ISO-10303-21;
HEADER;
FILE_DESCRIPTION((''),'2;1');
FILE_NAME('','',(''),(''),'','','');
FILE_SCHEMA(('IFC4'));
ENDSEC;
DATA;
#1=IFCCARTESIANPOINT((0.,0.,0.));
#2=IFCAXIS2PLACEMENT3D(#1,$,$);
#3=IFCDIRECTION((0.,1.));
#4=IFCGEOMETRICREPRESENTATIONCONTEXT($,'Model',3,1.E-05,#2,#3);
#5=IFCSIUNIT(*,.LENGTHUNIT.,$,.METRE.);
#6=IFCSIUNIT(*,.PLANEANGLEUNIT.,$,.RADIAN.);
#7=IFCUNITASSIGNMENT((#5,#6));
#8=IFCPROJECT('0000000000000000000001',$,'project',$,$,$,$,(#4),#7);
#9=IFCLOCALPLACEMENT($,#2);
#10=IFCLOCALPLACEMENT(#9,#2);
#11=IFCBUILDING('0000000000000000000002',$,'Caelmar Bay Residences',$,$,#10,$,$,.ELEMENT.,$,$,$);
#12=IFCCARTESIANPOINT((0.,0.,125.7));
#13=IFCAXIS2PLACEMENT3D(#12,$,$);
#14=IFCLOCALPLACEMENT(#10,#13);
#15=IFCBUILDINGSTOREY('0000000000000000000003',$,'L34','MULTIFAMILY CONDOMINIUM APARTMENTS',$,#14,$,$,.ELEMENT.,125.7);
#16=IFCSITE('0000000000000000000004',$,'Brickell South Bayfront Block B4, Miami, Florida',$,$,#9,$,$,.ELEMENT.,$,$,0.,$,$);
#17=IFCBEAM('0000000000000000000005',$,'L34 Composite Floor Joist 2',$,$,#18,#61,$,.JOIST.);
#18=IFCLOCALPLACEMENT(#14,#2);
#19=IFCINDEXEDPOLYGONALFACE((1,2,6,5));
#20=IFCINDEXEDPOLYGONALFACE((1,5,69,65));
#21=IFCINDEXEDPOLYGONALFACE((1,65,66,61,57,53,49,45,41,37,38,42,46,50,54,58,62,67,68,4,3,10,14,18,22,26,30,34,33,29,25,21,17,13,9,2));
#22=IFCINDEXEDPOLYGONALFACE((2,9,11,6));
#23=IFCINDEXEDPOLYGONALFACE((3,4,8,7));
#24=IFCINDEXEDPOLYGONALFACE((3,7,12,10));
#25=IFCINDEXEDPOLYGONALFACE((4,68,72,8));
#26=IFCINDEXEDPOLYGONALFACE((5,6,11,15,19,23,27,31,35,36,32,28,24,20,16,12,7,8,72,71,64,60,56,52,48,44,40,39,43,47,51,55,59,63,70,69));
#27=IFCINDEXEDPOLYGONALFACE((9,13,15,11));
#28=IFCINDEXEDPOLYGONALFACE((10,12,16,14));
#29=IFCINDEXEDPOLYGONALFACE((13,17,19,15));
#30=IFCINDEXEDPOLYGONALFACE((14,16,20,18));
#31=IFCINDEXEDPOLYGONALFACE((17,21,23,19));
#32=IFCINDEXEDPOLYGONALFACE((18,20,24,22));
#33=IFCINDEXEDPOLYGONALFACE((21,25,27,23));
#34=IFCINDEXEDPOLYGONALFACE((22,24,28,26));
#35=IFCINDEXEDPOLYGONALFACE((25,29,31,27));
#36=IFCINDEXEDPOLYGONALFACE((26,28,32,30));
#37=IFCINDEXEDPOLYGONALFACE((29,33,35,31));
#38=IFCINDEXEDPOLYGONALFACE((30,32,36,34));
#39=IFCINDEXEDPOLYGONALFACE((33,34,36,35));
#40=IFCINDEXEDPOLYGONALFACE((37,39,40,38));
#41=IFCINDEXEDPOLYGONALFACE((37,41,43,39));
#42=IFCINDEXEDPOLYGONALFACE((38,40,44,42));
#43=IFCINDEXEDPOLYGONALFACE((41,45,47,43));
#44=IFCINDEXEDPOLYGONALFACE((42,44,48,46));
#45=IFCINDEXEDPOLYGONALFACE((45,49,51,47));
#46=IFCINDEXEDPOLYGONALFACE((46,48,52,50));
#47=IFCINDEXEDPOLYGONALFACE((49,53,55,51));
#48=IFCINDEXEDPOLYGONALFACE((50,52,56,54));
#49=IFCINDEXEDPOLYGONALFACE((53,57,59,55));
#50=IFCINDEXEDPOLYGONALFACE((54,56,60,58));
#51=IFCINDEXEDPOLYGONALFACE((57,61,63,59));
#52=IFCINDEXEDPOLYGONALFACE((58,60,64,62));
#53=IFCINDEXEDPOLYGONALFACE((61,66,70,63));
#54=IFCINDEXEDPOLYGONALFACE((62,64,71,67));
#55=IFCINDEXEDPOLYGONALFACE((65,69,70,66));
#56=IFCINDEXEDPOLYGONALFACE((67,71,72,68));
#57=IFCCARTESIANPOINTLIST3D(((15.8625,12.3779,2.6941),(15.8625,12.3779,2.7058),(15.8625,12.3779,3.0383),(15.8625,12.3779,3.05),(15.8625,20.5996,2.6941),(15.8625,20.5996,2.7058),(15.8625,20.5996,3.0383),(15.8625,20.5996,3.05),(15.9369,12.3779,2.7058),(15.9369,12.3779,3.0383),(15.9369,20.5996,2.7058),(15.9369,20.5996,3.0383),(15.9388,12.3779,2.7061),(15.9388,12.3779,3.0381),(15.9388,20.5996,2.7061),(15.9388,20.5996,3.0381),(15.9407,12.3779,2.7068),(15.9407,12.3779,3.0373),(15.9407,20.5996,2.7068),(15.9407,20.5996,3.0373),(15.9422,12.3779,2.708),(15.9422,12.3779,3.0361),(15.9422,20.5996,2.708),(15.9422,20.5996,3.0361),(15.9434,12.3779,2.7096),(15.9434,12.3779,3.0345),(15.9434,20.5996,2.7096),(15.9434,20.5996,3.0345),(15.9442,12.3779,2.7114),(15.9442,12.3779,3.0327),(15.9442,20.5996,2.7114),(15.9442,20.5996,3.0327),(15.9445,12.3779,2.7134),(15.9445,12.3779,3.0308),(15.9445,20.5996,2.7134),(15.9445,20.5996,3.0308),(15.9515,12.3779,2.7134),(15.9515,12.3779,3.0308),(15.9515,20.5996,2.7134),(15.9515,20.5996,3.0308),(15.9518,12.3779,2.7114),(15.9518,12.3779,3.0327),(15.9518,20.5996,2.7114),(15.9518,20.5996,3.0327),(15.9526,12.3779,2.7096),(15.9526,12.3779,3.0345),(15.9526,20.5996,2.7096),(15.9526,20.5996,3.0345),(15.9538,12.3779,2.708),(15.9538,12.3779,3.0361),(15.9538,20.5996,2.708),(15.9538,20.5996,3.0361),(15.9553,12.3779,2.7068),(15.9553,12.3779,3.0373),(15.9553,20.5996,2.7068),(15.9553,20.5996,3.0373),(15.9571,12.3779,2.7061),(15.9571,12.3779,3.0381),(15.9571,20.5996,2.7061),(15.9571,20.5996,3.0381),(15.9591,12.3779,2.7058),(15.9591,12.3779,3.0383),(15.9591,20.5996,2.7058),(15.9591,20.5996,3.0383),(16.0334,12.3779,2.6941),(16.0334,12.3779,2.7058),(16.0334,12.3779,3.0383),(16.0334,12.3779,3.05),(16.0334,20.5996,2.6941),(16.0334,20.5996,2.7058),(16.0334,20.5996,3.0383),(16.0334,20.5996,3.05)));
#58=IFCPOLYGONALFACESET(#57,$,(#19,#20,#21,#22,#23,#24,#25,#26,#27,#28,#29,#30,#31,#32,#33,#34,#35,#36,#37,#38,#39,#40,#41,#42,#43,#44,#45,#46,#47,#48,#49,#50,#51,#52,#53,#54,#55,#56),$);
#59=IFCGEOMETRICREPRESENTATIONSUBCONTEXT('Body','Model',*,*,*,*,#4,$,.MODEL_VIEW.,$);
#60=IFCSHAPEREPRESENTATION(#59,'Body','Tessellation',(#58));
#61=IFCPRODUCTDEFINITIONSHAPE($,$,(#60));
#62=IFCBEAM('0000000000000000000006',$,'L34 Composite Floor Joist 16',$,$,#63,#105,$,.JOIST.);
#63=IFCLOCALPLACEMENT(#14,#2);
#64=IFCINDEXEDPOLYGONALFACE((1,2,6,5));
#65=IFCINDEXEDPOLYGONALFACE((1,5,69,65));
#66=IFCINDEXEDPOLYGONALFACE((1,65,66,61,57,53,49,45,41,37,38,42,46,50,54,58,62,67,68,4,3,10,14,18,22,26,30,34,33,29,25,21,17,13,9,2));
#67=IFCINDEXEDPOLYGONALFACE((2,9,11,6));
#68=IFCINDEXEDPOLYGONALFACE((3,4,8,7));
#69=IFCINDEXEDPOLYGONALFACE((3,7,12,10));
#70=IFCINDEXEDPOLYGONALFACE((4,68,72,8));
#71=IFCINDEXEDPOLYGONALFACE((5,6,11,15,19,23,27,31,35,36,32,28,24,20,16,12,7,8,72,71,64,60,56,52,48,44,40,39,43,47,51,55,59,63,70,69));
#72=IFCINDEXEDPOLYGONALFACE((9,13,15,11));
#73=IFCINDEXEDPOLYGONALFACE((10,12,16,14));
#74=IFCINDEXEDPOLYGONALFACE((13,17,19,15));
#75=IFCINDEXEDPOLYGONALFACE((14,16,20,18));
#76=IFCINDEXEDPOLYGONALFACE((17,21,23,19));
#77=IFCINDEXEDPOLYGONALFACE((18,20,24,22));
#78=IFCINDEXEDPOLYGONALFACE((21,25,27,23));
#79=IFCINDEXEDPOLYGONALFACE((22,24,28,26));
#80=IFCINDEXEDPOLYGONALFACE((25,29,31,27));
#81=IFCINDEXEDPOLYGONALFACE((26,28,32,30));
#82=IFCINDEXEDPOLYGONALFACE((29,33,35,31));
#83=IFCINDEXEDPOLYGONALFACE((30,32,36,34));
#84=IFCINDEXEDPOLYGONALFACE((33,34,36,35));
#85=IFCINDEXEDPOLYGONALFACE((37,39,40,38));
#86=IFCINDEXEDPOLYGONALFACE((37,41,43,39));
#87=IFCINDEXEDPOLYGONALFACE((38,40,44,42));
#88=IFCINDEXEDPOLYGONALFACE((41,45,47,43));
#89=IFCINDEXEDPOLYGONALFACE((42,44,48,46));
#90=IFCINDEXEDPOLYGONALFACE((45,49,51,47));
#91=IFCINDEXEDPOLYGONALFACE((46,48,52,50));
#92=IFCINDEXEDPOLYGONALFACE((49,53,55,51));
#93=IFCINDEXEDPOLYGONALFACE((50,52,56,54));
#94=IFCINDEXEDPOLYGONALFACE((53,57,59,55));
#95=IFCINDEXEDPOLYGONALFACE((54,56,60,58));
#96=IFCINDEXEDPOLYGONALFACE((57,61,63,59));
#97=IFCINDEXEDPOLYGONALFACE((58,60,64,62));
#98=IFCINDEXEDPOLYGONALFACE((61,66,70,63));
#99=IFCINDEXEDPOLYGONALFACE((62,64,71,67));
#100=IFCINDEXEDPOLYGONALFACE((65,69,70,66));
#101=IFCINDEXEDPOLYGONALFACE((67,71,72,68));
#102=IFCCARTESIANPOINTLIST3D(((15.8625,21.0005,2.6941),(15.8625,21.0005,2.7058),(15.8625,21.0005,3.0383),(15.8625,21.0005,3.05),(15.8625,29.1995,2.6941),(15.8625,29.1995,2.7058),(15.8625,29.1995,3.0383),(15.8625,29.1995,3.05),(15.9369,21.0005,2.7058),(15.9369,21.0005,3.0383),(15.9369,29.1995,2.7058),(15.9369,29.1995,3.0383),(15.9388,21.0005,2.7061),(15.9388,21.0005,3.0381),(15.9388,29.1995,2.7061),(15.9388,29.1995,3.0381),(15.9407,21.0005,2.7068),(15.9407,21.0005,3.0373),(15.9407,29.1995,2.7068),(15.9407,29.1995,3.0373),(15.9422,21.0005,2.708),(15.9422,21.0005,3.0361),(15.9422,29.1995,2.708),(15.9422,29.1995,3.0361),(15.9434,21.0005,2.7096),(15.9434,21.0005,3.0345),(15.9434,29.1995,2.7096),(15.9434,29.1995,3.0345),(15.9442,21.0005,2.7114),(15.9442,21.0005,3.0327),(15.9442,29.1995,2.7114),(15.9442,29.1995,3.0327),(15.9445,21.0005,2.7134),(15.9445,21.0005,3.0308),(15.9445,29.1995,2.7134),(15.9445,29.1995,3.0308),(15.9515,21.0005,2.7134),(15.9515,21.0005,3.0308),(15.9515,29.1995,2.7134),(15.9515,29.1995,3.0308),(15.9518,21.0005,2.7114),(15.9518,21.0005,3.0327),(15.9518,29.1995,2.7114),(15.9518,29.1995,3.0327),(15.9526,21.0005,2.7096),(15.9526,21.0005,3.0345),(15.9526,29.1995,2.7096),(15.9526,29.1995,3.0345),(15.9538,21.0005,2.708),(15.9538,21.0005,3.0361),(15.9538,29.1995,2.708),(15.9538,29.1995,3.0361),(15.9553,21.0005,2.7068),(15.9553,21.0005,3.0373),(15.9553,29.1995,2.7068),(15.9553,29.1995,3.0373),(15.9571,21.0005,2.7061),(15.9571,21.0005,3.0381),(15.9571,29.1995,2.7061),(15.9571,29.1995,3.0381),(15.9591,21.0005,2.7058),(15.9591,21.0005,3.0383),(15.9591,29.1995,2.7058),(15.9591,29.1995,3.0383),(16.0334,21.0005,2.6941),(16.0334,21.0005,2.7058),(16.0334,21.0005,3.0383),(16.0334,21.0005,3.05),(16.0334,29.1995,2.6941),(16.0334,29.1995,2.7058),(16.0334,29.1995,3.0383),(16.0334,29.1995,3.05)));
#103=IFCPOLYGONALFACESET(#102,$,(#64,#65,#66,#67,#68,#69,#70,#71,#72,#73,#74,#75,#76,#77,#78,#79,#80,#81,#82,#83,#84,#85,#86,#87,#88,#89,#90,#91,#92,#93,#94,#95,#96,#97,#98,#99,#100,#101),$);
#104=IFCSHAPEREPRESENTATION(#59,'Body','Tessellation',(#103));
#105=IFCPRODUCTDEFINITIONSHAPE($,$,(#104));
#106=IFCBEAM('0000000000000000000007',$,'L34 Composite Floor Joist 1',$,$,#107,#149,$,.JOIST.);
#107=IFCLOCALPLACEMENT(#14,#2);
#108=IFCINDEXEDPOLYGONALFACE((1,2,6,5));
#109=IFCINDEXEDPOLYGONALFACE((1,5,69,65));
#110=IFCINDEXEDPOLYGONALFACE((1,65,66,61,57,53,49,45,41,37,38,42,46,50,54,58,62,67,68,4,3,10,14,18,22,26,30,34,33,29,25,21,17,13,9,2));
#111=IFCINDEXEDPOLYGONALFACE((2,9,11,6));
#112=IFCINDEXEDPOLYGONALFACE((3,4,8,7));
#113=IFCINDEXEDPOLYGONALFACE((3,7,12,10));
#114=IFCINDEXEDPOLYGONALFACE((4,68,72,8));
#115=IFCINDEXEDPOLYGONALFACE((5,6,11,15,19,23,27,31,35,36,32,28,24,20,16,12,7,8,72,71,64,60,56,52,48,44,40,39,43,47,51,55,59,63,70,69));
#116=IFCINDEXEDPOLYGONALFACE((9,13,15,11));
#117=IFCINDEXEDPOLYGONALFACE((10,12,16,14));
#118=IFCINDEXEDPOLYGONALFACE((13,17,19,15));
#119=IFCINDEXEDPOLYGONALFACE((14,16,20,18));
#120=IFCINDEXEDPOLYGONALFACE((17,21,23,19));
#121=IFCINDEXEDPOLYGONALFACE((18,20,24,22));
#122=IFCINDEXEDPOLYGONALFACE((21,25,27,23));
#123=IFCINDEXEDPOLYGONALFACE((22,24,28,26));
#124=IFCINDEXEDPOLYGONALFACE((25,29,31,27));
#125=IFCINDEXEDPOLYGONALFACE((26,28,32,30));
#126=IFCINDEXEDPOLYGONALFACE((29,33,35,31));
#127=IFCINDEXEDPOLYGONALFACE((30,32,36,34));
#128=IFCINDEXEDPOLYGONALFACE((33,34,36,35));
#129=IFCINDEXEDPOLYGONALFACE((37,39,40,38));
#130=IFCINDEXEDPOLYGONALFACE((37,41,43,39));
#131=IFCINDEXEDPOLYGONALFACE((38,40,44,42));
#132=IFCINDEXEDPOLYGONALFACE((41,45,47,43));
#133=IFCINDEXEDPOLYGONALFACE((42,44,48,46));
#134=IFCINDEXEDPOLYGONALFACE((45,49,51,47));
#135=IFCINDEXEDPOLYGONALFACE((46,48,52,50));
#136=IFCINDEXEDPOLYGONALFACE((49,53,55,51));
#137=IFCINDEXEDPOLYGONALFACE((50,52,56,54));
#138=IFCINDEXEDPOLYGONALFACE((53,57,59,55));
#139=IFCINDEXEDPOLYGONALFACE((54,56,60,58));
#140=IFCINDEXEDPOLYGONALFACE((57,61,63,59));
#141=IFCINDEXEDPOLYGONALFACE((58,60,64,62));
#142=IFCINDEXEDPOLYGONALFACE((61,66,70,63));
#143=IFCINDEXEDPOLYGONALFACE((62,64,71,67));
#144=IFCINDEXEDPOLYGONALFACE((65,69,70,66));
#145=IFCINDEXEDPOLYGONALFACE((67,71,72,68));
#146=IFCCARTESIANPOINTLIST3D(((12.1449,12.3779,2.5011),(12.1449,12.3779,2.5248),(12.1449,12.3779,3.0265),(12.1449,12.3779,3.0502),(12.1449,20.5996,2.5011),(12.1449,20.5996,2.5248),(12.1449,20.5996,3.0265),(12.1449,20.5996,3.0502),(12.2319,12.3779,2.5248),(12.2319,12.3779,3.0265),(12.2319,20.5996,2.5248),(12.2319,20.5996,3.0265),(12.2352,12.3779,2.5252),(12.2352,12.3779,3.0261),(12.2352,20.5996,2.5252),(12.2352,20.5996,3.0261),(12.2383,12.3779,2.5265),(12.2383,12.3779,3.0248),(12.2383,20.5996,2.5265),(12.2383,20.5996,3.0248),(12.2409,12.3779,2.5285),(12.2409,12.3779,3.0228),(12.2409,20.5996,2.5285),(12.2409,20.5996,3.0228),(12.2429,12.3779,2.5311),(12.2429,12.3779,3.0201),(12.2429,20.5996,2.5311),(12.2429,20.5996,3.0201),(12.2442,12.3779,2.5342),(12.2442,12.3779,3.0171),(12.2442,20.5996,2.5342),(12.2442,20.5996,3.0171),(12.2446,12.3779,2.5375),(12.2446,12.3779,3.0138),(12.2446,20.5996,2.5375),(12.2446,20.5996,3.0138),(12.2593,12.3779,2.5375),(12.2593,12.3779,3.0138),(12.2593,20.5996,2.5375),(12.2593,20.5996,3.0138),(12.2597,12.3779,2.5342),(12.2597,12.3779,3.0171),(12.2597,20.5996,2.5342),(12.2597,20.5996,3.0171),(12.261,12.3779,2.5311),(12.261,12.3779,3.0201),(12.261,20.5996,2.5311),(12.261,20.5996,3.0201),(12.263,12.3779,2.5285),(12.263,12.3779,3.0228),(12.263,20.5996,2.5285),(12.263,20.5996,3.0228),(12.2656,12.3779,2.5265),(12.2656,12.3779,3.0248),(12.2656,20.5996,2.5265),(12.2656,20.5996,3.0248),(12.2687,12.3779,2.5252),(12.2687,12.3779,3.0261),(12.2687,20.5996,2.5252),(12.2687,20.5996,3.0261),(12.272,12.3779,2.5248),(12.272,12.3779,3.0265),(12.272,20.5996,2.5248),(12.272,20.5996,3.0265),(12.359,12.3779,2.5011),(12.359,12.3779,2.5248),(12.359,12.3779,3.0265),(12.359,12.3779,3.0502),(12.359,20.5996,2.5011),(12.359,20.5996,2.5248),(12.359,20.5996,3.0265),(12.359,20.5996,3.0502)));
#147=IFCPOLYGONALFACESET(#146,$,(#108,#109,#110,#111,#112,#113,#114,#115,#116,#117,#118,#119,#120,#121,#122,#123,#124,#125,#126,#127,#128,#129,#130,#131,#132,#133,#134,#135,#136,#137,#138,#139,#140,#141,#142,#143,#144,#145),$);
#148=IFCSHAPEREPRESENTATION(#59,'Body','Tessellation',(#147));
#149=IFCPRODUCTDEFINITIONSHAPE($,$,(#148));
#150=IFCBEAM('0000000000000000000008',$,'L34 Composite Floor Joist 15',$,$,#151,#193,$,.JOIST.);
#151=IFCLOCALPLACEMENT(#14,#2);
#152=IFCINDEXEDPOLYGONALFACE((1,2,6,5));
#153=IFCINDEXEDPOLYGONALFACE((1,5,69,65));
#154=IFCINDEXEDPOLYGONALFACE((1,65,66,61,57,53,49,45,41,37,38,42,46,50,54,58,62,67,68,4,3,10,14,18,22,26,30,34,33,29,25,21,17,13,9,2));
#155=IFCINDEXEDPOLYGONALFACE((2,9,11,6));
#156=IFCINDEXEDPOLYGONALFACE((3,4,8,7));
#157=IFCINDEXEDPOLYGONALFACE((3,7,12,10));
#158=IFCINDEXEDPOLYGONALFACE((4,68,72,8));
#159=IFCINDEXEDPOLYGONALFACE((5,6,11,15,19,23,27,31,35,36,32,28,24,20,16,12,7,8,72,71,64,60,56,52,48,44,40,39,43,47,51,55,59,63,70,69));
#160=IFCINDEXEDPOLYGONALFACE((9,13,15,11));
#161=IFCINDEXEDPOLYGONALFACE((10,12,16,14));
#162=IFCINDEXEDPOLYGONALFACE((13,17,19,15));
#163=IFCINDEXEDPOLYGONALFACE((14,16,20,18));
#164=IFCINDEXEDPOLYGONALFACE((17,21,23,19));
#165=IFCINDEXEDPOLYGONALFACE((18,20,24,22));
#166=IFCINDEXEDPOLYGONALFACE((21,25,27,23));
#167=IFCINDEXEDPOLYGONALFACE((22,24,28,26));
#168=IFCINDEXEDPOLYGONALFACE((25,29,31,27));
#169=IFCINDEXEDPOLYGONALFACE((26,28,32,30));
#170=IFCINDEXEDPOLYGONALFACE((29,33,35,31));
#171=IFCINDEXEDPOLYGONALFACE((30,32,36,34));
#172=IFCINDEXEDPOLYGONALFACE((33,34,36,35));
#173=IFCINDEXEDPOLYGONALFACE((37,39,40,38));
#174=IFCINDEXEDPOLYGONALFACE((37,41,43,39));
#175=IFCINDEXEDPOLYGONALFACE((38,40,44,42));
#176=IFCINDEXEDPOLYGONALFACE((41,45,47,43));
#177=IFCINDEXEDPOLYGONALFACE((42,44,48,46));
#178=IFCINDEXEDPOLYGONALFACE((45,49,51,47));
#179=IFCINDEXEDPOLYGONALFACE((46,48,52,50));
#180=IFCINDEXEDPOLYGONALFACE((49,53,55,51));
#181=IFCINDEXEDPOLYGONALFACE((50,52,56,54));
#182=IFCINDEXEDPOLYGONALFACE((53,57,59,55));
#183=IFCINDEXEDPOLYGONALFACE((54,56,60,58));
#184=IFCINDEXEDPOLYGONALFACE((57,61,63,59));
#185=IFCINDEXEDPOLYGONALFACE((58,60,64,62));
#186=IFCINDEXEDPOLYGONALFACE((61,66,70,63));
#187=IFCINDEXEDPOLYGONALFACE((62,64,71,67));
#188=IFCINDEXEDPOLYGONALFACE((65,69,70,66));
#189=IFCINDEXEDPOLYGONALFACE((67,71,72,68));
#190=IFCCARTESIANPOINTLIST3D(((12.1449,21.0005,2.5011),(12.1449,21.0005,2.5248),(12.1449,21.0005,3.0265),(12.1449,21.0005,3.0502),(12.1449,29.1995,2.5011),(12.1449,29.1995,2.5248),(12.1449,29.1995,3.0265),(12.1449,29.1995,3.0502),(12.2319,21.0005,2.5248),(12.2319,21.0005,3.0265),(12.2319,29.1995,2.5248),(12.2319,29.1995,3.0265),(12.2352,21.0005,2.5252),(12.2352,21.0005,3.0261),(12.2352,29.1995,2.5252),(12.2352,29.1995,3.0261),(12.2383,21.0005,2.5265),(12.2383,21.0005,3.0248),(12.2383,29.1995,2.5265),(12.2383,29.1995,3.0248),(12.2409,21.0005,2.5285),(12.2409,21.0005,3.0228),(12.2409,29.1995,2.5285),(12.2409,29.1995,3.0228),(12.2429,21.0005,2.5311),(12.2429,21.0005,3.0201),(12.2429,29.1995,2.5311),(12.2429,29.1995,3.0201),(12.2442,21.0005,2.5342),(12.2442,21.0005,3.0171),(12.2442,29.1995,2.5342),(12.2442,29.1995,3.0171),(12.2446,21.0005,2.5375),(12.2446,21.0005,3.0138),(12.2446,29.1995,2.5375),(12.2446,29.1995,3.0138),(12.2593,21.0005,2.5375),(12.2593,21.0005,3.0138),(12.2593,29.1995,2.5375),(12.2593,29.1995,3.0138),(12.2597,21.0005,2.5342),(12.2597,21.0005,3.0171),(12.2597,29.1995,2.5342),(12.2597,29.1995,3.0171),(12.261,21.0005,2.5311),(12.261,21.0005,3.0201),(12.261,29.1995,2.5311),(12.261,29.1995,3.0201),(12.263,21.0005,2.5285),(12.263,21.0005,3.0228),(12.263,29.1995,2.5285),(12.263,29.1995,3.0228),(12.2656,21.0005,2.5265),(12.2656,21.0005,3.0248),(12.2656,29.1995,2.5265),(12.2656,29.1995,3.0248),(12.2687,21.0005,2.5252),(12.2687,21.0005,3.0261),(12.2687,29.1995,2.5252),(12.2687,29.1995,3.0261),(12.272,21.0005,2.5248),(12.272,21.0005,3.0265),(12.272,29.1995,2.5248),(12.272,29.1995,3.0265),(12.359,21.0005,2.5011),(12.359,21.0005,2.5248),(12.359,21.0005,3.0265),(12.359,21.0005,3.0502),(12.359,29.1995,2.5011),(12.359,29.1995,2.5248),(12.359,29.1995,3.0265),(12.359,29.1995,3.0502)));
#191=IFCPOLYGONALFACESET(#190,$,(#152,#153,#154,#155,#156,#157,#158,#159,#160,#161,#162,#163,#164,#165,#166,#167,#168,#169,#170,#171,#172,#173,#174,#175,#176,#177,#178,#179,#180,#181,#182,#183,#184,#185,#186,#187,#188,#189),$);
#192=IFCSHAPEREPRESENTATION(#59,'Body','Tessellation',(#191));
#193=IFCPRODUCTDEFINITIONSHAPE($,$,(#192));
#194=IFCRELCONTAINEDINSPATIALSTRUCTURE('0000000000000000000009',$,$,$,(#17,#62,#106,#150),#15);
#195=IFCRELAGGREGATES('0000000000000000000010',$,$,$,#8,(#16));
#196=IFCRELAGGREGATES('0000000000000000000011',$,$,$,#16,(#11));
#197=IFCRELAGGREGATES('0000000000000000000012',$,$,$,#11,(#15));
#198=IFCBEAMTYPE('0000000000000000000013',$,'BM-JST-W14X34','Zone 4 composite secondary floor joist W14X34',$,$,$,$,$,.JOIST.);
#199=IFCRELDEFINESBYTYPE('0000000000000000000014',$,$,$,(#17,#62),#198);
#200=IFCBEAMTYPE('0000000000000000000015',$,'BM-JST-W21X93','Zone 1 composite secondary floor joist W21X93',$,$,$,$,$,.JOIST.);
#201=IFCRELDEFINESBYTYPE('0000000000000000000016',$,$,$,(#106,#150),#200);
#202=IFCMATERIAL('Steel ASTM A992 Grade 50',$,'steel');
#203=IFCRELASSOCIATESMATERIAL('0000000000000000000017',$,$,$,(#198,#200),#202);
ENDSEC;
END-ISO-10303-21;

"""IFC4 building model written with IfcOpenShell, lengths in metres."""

from ifc_helpers import new_model, si_unit, direction, frame, origin, origin_2d, place, context, subcontext, project, spatial, i_section, extrude, material, material_profile, profile_set, type_object, element, save


model = new_model("IFC4")

# Units and contexts
model_context = context("Model", 3, precision=1e-05, world=origin(), true_north=direction((0.0, 1.0)))
body_context = subcontext(model_context, "Body", "Model", "MODEL_VIEW")
ifc_project = project(units=[si_unit("LENGTHUNIT", "METRE"), si_unit("PLANEANGLEUNIT", "RADIAN")], contexts=[model_context])

# Site, building, storey
site_placement = place(None, origin())
site = spatial("IfcSite", under=ifc_project, at=site_placement, Name="Brickell South Bayfront Block B4, Miami, Florida", CompositionType="ELEMENT", RefElevation=0.0)
building_placement = place(site_placement, origin())
building = spatial("IfcBuilding", under=site, at=building_placement, Name="Caelmar Bay Residences", CompositionType="ELEMENT")
storey_placement = place(building_placement, frame((0.0, 0.0, 125.7)))
storey = spatial("IfcBuildingStorey", under=building, at=storey_placement, Name="L34", Description="MULTIFAMILY CONDOMINIUM APARTMENTS", CompositionType="ELEMENT", Elevation=125.7)

# Beams
ifc_material_1 = material(Name="Steel ASTM A992 Grade 50", Category="steel")
ifc_material_profile_1 = material_profile(ifc_material_1, i_section(OverallWidth=0.1709, OverallDepth=0.356, WebThickness=0.0071, FlangeThickness=0.0117, FilletRadius=0.0076, at=origin_2d()), Name="W14X34")
ifc_profile_set_1 = profile_set([ifc_material_profile_1], Name="Steel ASTM A992 Grade 50")
beam_type_1 = type_object("IfcBeamType", Name="BM-JST-W14X34", Description="Zone 4 composite secondary floor joist W14X34", PredefinedType="JOIST", material=ifc_profile_set_1)
beam_1_placement = place(storey_placement, frame((15.948, 12.3779, 2.8721), z_axis=(0.0, 1.0, 0.0), x_axis=(-1.0, 0.0, 0.0)))
element("IfcBeam", 1, at=beam_1_placement, inside=storey, type_object=beam_type_1, Name="L34 Composite Floor Joist 2", PredefinedType="JOIST", context=body_context, shape_type="SweptSolid", body=[
    extrude(i_section(OverallWidth=0.1709, OverallDepth=0.356, WebThickness=0.0071, FlangeThickness=0.0117, FilletRadius=0.0076, at=origin_2d()), origin(), (0.0, 0.0, 1.0), 8.2217),
])
beam_2_placement = place(storey_placement, frame((15.948, 21.0005, 2.8721), z_axis=(0.0, 1.0, 0.0), x_axis=(-1.0, 0.0, 0.0)))
element("IfcBeam", 2, at=beam_2_placement, inside=storey, type_object=beam_type_1, Name="L34 Composite Floor Joist 16", PredefinedType="JOIST", context=body_context, shape_type="SweptSolid", body=[
    extrude(i_section(OverallWidth=0.1709, OverallDepth=0.356, WebThickness=0.0071, FlangeThickness=0.0117, FilletRadius=0.0076, at=origin_2d()), origin(), (0.0, 0.0, 1.0), 8.199),
])
ifc_material_profile_2 = material_profile(ifc_material_1, i_section(OverallWidth=0.2141, OverallDepth=0.5491, WebThickness=0.0146, FlangeThickness=0.0237, FilletRadius=0.0127, at=origin_2d()), Name="W21X93")
ifc_profile_set_2 = profile_set([ifc_material_profile_2], Name="Steel ASTM A992 Grade 50")
beam_type_2 = type_object("IfcBeamType", Name="BM-JST-W21X93", Description="Zone 1 composite secondary floor joist W21X93", PredefinedType="JOIST", material=ifc_profile_set_2)
beam_3_placement = place(storey_placement, frame((12.252, 12.3779, 2.7756), z_axis=(0.0, 1.0, 0.0), x_axis=(-1.0, 0.0, 0.0)))
element("IfcBeam", 3, at=beam_3_placement, inside=storey, type_object=beam_type_2, Name="L34 Composite Floor Joist 1", PredefinedType="JOIST", context=body_context, shape_type="SweptSolid", body=[
    extrude(i_section(OverallWidth=0.2141, OverallDepth=0.5491, WebThickness=0.0146, FlangeThickness=0.0237, FilletRadius=0.0127, at=origin_2d()), origin(), (0.0, 0.0, 1.0), 8.2217),
])
beam_4_placement = place(storey_placement, frame((12.252, 21.0005, 2.7756), z_axis=(0.0, 1.0, 0.0), x_axis=(-1.0, 0.0, 0.0)))
element("IfcBeam", 4, at=beam_4_placement, inside=storey, type_object=beam_type_2, Name="L34 Composite Floor Joist 15", PredefinedType="JOIST", context=body_context, shape_type="SweptSolid", body=[
    extrude(i_section(OverallWidth=0.2141, OverallDepth=0.5491, WebThickness=0.0146, FlangeThickness=0.0237, FilletRadius=0.0127, at=origin_2d()), origin(), (0.0, 0.0, 1.0), 8.199),
])

save(model, "model.ifc")
